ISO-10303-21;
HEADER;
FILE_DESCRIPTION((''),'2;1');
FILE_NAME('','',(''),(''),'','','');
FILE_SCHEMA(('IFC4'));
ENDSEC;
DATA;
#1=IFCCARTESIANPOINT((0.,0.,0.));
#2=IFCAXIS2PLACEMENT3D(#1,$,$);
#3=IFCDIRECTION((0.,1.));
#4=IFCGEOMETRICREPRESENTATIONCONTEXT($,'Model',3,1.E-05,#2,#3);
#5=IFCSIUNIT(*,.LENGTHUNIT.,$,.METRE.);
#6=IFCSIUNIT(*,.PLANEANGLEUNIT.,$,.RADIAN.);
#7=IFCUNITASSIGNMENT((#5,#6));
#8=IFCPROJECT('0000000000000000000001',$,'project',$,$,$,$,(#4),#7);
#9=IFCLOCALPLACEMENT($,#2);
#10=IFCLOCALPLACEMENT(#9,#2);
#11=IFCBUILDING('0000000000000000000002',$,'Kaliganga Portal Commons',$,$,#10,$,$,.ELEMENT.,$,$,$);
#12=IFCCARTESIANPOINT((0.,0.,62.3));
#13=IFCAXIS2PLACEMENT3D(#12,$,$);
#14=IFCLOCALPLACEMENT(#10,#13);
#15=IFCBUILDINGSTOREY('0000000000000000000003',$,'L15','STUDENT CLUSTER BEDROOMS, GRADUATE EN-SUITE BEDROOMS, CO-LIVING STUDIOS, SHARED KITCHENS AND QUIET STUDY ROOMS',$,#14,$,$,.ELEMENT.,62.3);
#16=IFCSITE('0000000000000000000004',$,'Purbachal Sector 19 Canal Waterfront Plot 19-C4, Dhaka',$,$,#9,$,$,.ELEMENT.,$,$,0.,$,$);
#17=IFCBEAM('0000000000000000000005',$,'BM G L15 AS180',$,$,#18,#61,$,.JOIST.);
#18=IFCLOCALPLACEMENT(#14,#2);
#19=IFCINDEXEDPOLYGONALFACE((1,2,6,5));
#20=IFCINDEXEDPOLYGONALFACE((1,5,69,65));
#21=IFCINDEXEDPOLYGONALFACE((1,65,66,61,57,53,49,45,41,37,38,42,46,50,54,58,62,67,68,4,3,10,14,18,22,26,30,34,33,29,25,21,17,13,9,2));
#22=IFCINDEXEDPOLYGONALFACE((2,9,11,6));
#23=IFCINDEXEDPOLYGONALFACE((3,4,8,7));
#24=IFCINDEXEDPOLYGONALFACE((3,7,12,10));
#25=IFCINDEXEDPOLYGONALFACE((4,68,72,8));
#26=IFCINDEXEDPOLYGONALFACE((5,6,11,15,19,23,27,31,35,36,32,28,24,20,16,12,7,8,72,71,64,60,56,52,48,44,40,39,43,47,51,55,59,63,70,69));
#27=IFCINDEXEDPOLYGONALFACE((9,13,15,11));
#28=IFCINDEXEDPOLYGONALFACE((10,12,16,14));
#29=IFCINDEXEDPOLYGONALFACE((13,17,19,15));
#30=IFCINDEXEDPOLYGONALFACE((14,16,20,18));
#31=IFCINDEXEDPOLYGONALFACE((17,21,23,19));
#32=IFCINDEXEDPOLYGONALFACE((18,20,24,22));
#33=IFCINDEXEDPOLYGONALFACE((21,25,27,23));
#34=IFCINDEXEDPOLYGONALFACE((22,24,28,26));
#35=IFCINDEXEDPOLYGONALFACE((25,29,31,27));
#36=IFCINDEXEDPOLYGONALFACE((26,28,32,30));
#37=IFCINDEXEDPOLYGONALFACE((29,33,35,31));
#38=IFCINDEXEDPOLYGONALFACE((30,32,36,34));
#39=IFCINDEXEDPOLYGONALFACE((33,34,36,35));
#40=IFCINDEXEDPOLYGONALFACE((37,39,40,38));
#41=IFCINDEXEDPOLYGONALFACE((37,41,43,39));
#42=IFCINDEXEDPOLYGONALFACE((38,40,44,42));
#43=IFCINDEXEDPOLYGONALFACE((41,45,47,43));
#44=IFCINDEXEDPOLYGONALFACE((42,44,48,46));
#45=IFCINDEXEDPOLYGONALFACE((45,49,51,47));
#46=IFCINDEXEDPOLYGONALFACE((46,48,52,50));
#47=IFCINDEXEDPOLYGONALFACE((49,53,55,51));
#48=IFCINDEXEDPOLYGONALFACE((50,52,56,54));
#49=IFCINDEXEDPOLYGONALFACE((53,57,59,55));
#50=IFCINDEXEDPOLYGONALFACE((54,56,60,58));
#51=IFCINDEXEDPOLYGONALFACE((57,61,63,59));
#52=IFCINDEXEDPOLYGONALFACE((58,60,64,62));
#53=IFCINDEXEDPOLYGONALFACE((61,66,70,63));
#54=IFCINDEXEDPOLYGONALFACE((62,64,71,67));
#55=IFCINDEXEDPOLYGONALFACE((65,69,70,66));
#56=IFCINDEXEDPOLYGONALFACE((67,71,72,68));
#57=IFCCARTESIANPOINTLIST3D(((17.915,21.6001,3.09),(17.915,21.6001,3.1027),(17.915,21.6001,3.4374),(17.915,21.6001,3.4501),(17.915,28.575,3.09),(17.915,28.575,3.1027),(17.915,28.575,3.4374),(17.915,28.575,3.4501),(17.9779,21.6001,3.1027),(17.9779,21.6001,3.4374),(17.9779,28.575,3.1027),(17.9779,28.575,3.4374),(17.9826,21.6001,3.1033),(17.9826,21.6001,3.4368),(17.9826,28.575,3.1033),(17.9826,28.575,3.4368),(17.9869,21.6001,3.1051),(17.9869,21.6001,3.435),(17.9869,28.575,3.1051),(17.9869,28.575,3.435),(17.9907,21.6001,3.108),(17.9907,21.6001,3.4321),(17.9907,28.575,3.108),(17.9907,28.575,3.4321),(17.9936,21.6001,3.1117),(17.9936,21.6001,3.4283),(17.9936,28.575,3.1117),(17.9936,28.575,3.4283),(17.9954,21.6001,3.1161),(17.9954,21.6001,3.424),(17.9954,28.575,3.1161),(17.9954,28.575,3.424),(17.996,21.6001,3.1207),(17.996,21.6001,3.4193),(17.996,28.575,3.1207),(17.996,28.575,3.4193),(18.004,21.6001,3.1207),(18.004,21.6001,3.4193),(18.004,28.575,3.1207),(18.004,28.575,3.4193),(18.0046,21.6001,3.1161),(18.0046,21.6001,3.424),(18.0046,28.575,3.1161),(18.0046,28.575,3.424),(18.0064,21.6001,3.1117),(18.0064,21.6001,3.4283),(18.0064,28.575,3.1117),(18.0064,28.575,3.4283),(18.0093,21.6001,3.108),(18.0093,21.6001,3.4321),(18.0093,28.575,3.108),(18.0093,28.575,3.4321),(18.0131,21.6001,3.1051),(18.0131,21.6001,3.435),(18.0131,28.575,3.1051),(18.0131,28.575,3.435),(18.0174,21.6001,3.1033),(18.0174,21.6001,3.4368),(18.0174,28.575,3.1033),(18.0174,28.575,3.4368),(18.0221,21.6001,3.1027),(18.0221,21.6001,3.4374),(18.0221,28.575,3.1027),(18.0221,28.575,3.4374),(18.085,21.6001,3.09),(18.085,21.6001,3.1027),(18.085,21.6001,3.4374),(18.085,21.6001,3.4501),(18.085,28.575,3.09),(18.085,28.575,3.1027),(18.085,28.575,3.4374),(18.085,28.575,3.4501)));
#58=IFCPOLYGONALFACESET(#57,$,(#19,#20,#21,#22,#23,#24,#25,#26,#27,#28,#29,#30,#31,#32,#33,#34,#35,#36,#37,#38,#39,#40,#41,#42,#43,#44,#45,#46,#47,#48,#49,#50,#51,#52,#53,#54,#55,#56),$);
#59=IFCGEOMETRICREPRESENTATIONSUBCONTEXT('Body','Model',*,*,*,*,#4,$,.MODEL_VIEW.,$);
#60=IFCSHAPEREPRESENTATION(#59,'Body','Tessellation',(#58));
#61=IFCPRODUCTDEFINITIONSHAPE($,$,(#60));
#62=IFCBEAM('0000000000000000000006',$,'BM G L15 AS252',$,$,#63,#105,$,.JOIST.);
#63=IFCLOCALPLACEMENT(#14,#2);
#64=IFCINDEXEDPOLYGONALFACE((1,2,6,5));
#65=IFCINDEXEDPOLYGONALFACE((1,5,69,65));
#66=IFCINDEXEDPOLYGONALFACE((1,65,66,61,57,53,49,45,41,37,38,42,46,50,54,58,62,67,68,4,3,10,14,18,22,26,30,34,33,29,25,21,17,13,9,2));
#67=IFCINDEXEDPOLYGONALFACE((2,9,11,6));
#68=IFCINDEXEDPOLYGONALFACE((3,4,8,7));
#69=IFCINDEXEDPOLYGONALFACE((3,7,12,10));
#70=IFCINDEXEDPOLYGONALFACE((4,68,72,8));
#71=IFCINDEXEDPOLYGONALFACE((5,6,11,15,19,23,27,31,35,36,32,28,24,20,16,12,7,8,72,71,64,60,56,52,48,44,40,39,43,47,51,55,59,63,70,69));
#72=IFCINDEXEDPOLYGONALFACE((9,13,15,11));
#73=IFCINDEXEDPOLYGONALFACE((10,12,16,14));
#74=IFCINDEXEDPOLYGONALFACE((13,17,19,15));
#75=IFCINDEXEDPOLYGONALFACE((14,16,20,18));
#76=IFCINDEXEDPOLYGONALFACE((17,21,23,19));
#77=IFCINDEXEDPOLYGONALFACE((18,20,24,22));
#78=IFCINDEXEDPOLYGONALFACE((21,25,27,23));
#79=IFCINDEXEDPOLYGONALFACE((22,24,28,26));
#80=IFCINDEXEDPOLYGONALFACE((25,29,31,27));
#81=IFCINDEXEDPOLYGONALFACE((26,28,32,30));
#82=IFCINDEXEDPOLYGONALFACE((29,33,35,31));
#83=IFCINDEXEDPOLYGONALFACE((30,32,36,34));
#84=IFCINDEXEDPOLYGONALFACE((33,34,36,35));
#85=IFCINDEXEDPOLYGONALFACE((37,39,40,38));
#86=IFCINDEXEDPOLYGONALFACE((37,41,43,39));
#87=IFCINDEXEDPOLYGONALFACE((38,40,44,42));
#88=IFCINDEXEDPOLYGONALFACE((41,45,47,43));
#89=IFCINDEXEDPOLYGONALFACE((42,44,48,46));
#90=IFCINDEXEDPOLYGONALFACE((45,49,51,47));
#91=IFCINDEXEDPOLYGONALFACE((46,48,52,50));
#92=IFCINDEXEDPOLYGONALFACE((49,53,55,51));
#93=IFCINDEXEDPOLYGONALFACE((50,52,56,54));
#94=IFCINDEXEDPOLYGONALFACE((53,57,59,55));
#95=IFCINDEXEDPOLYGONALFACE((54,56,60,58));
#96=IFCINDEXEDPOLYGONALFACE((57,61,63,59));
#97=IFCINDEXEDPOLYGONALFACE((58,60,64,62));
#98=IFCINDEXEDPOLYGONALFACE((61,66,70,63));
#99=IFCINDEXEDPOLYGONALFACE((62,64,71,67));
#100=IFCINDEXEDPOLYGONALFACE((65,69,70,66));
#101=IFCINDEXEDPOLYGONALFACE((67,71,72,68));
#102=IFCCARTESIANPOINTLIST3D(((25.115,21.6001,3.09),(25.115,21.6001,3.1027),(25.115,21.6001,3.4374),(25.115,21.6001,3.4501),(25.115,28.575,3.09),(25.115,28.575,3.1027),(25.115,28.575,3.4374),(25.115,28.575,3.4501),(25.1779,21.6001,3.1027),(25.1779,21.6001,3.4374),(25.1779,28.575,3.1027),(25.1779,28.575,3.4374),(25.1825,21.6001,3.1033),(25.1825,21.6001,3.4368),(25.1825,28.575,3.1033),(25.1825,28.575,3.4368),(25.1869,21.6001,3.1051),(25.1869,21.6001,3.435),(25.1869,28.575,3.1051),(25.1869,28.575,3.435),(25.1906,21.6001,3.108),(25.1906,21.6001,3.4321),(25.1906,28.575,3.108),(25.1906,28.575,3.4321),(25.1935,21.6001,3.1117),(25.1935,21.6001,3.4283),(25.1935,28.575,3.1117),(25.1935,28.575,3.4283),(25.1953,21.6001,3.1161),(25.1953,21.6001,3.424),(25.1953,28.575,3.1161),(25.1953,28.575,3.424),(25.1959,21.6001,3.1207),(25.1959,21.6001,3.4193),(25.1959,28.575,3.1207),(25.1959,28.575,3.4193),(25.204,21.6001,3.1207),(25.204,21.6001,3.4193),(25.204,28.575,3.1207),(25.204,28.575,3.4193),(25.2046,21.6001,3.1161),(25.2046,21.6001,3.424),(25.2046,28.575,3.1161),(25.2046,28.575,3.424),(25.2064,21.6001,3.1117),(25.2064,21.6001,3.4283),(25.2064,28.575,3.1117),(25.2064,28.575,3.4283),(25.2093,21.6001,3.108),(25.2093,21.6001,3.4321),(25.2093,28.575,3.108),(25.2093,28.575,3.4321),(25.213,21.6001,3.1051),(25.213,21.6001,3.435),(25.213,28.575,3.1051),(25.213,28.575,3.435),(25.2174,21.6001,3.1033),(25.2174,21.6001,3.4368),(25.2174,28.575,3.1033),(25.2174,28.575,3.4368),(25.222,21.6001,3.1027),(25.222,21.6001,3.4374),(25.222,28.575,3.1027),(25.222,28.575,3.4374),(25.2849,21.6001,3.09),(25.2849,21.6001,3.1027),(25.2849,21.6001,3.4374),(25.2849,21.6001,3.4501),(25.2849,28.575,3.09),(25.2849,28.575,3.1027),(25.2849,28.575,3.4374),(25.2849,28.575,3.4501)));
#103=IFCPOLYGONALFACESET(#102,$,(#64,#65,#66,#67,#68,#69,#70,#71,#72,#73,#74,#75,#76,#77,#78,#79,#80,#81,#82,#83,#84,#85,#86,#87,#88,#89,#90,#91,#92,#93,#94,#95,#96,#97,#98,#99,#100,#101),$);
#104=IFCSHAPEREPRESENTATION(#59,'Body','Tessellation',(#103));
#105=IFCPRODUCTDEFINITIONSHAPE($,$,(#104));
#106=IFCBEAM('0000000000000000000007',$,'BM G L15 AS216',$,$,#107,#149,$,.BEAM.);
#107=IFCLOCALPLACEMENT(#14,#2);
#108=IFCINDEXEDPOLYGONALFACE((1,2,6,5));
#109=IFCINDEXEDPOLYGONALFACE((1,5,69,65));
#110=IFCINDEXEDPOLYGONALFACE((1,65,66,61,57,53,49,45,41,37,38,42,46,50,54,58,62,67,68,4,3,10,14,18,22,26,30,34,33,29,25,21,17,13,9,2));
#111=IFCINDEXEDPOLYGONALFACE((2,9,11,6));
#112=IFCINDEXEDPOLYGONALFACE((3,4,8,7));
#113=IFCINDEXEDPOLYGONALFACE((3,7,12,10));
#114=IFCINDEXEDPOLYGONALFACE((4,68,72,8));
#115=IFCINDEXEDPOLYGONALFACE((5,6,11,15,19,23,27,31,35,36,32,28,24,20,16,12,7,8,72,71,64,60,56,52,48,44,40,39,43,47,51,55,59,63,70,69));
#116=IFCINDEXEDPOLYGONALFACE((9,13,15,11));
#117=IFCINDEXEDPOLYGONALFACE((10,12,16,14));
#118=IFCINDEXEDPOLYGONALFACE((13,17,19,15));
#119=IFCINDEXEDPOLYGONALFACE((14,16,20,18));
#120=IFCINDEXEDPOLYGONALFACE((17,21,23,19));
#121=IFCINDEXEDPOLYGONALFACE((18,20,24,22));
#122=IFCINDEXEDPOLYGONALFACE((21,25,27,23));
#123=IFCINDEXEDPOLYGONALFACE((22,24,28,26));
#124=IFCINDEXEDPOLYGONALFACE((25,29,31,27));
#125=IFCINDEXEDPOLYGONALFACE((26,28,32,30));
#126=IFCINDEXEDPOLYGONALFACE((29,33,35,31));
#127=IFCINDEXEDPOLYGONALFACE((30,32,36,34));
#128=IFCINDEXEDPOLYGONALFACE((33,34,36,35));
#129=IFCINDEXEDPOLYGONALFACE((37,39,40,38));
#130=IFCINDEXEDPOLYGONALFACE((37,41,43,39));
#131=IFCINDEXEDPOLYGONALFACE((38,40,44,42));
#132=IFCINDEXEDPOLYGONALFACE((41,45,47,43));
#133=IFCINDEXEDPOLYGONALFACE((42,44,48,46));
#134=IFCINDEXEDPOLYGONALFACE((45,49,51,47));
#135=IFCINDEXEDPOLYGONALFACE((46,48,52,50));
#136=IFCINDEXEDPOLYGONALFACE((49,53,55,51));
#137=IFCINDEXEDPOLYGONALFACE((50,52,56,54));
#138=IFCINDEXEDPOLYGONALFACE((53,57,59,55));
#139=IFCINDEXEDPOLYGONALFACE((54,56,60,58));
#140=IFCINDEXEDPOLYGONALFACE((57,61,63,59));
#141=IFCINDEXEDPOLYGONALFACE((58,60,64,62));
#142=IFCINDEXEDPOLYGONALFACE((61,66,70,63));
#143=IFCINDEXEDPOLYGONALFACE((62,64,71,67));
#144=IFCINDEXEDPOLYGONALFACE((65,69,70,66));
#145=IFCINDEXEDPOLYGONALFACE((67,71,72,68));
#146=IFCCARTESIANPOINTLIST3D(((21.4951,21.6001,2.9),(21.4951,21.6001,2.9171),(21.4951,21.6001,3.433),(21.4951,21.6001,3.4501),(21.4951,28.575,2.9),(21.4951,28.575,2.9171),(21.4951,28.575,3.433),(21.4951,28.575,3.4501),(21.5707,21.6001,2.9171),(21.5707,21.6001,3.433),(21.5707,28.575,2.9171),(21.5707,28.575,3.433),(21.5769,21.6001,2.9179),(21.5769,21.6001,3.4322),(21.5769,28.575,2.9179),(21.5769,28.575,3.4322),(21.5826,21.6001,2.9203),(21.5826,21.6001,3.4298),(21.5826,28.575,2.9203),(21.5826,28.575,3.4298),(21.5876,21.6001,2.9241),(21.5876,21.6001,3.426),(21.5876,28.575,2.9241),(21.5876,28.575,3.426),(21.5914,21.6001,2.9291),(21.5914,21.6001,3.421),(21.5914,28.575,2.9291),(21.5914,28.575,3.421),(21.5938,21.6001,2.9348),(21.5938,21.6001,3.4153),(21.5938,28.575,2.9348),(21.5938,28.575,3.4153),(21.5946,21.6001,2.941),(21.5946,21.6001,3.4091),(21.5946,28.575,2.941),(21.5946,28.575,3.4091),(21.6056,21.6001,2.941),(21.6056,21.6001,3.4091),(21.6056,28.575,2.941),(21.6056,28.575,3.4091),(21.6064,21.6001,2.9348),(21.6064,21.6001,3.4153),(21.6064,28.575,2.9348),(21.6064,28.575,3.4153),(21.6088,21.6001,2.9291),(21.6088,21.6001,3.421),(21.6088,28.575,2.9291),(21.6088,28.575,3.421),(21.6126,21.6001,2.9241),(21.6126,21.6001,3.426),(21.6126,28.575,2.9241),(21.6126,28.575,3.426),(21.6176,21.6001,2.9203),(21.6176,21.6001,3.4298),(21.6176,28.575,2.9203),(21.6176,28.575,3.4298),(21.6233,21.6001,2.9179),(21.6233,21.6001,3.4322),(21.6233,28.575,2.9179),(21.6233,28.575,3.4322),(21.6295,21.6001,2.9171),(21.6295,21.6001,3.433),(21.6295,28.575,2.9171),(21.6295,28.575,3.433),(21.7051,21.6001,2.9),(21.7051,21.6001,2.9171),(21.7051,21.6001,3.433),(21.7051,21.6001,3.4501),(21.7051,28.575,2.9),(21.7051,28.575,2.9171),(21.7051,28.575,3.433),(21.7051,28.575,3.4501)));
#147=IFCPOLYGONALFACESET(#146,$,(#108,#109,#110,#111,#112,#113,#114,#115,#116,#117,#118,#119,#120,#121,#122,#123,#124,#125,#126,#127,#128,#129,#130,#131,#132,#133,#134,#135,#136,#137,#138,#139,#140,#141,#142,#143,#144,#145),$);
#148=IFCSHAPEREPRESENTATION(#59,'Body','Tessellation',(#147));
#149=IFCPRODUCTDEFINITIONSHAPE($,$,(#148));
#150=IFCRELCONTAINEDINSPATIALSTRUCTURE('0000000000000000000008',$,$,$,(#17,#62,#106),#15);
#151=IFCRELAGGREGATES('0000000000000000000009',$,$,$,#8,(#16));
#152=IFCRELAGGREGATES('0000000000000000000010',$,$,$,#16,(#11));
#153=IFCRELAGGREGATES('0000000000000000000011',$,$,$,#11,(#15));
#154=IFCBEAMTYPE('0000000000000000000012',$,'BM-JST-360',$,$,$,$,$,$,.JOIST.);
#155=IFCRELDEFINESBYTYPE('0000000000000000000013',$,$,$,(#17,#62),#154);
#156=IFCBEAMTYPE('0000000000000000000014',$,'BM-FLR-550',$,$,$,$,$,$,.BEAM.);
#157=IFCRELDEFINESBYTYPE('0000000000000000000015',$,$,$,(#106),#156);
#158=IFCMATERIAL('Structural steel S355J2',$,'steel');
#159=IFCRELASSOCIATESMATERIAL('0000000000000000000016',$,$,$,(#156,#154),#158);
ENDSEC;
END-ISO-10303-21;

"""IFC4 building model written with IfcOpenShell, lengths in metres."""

from ifc_helpers import new_model, si_unit, direction, frame, origin, origin_2d, place, context, subcontext, project, spatial, i_section, extrude, source, transform, mapped, material, material_profile, profile_set, type_object, element, save


model = new_model("IFC4")

# Units and contexts
model_context = context("Model", 3, precision=1e-05, world=origin(), true_north=direction((0.0, 1.0)))
body_context = subcontext(model_context, "Body", "Model", "MODEL_VIEW")
ifc_project = project(units=[si_unit("LENGTHUNIT", "METRE"), si_unit("PLANEANGLEUNIT", "RADIAN")], contexts=[model_context])

# Site, building, storey
site_placement = place(None, origin())
site = spatial("IfcSite", under=ifc_project, at=site_placement, Name="Purbachal Sector 19 Canal Waterfront Plot 19-C4, Dhaka", CompositionType="ELEMENT", RefElevation=0.0)
building_placement = place(site_placement, origin())
building = spatial("IfcBuilding", under=site, at=building_placement, Name="Kaliganga Portal Commons", CompositionType="ELEMENT")
storey_placement = place(building_placement, frame((0.0, 0.0, 62.3)))
storey = spatial("IfcBuildingStorey", under=building, at=storey_placement, Name="L15", Description="STUDENT CLUSTER BEDROOMS, GRADUATE EN-SUITE BEDROOMS, CO-LIVING STUDIOS, SHARED KITCHENS AND QUIET STUDY ROOMS", CompositionType="ELEMENT", Elevation=62.3)

# Beams
ifc_material_1 = material(Name="Structural steel S355J2", Category="steel")
ifc_material_profile_1 = material_profile(ifc_material_1, i_section(OverallWidth=0.21, OverallDepth=0.55, WebThickness=0.011, FlangeThickness=0.0171, FilletRadius=0.0239, at=origin_2d()), Name="IPE 550")
ifc_profile_set_1 = profile_set([ifc_material_profile_1], Name="Structural steel S355J2 wide-flange")
beam_type_1 = type_object("IfcBeamType", Name="BM-FLR-550", PredefinedType="BEAM", material=ifc_profile_set_1)
ifc_material_profile_2 = material_profile(ifc_material_1, i_section(OverallWidth=0.1699, OverallDepth=0.3601, WebThickness=0.0081, FlangeThickness=0.0127, FilletRadius=0.0181, at=origin_2d()), Name="IPE 360")
ifc_profile_set_2 = profile_set([ifc_material_profile_2], Name="Structural steel S355J2 wide-flange")
beam_type_2 = type_object("IfcBeamType", Name="BM-JST-360", PredefinedType="JOIST", material=ifc_profile_set_2)
shared_shape_1 = source(origin(), body_context, "Body", "SweptSolid", [
    extrude(i_section(OverallWidth=0.1699, OverallDepth=0.3601, WebThickness=0.0081, FlangeThickness=0.0127, FilletRadius=0.0181, at=origin_2d()), origin(), (0.0, 0.0, 1.0), 6.9749),
])
for number, where, z_axis, x_axis, name in (
    (1, (18.0, 21.6001, 3.27), (0.0, 1.0, 0.0), (-1.0, 0.0, 0.0), "BM G L15 AS180"),
    (2, (25.2, 21.6001, 3.27), (0.0, 1.0, 0.0), (-1.0, 0.0, 0.0), "BM G L15 AS252"),
):
    element("IfcBeam", number, at=place(storey_placement, frame(where, z_axis=z_axis, x_axis=x_axis)), inside=storey, type_object=beam_type_2, Name=name, PredefinedType="JOIST", context=body_context, shape_type="MappedRepresentation", body=[
        mapped(shared_shape_1, transform((0.0, 0.0, 0.0), x_axis=(1.0, 0.0, 0.0), y_axis=(0.0, 1.0, 0.0), z_axis=(0.0, 0.0, 1.0), scale=1.0)),
    ])
shared_shape_2 = source(origin(), body_context, "Body", "SweptSolid", [
    extrude(i_section(OverallWidth=0.21, OverallDepth=0.55, WebThickness=0.011, FlangeThickness=0.0171, FilletRadius=0.0239, at=origin_2d()), origin(), (0.0, 0.0, 1.0), 6.9749),
])
beam_1_placement = place(storey_placement, frame((21.6001, 21.6001, 3.175), z_axis=(0.0, 1.0, 0.0), x_axis=(-1.0, 0.0, 0.0)))
element("IfcBeam", 3, at=beam_1_placement, inside=storey, type_object=beam_type_1, Name="BM G L15 AS216", PredefinedType="BEAM", context=body_context, shape_type="MappedRepresentation", body=[
    mapped(shared_shape_2, transform((0.0, 0.0, 0.0), x_axis=(1.0, 0.0, 0.0), y_axis=(0.0, 1.0, 0.0), z_axis=(0.0, 0.0, 1.0), scale=1.0)),
])

save(model, "model.ifc")
